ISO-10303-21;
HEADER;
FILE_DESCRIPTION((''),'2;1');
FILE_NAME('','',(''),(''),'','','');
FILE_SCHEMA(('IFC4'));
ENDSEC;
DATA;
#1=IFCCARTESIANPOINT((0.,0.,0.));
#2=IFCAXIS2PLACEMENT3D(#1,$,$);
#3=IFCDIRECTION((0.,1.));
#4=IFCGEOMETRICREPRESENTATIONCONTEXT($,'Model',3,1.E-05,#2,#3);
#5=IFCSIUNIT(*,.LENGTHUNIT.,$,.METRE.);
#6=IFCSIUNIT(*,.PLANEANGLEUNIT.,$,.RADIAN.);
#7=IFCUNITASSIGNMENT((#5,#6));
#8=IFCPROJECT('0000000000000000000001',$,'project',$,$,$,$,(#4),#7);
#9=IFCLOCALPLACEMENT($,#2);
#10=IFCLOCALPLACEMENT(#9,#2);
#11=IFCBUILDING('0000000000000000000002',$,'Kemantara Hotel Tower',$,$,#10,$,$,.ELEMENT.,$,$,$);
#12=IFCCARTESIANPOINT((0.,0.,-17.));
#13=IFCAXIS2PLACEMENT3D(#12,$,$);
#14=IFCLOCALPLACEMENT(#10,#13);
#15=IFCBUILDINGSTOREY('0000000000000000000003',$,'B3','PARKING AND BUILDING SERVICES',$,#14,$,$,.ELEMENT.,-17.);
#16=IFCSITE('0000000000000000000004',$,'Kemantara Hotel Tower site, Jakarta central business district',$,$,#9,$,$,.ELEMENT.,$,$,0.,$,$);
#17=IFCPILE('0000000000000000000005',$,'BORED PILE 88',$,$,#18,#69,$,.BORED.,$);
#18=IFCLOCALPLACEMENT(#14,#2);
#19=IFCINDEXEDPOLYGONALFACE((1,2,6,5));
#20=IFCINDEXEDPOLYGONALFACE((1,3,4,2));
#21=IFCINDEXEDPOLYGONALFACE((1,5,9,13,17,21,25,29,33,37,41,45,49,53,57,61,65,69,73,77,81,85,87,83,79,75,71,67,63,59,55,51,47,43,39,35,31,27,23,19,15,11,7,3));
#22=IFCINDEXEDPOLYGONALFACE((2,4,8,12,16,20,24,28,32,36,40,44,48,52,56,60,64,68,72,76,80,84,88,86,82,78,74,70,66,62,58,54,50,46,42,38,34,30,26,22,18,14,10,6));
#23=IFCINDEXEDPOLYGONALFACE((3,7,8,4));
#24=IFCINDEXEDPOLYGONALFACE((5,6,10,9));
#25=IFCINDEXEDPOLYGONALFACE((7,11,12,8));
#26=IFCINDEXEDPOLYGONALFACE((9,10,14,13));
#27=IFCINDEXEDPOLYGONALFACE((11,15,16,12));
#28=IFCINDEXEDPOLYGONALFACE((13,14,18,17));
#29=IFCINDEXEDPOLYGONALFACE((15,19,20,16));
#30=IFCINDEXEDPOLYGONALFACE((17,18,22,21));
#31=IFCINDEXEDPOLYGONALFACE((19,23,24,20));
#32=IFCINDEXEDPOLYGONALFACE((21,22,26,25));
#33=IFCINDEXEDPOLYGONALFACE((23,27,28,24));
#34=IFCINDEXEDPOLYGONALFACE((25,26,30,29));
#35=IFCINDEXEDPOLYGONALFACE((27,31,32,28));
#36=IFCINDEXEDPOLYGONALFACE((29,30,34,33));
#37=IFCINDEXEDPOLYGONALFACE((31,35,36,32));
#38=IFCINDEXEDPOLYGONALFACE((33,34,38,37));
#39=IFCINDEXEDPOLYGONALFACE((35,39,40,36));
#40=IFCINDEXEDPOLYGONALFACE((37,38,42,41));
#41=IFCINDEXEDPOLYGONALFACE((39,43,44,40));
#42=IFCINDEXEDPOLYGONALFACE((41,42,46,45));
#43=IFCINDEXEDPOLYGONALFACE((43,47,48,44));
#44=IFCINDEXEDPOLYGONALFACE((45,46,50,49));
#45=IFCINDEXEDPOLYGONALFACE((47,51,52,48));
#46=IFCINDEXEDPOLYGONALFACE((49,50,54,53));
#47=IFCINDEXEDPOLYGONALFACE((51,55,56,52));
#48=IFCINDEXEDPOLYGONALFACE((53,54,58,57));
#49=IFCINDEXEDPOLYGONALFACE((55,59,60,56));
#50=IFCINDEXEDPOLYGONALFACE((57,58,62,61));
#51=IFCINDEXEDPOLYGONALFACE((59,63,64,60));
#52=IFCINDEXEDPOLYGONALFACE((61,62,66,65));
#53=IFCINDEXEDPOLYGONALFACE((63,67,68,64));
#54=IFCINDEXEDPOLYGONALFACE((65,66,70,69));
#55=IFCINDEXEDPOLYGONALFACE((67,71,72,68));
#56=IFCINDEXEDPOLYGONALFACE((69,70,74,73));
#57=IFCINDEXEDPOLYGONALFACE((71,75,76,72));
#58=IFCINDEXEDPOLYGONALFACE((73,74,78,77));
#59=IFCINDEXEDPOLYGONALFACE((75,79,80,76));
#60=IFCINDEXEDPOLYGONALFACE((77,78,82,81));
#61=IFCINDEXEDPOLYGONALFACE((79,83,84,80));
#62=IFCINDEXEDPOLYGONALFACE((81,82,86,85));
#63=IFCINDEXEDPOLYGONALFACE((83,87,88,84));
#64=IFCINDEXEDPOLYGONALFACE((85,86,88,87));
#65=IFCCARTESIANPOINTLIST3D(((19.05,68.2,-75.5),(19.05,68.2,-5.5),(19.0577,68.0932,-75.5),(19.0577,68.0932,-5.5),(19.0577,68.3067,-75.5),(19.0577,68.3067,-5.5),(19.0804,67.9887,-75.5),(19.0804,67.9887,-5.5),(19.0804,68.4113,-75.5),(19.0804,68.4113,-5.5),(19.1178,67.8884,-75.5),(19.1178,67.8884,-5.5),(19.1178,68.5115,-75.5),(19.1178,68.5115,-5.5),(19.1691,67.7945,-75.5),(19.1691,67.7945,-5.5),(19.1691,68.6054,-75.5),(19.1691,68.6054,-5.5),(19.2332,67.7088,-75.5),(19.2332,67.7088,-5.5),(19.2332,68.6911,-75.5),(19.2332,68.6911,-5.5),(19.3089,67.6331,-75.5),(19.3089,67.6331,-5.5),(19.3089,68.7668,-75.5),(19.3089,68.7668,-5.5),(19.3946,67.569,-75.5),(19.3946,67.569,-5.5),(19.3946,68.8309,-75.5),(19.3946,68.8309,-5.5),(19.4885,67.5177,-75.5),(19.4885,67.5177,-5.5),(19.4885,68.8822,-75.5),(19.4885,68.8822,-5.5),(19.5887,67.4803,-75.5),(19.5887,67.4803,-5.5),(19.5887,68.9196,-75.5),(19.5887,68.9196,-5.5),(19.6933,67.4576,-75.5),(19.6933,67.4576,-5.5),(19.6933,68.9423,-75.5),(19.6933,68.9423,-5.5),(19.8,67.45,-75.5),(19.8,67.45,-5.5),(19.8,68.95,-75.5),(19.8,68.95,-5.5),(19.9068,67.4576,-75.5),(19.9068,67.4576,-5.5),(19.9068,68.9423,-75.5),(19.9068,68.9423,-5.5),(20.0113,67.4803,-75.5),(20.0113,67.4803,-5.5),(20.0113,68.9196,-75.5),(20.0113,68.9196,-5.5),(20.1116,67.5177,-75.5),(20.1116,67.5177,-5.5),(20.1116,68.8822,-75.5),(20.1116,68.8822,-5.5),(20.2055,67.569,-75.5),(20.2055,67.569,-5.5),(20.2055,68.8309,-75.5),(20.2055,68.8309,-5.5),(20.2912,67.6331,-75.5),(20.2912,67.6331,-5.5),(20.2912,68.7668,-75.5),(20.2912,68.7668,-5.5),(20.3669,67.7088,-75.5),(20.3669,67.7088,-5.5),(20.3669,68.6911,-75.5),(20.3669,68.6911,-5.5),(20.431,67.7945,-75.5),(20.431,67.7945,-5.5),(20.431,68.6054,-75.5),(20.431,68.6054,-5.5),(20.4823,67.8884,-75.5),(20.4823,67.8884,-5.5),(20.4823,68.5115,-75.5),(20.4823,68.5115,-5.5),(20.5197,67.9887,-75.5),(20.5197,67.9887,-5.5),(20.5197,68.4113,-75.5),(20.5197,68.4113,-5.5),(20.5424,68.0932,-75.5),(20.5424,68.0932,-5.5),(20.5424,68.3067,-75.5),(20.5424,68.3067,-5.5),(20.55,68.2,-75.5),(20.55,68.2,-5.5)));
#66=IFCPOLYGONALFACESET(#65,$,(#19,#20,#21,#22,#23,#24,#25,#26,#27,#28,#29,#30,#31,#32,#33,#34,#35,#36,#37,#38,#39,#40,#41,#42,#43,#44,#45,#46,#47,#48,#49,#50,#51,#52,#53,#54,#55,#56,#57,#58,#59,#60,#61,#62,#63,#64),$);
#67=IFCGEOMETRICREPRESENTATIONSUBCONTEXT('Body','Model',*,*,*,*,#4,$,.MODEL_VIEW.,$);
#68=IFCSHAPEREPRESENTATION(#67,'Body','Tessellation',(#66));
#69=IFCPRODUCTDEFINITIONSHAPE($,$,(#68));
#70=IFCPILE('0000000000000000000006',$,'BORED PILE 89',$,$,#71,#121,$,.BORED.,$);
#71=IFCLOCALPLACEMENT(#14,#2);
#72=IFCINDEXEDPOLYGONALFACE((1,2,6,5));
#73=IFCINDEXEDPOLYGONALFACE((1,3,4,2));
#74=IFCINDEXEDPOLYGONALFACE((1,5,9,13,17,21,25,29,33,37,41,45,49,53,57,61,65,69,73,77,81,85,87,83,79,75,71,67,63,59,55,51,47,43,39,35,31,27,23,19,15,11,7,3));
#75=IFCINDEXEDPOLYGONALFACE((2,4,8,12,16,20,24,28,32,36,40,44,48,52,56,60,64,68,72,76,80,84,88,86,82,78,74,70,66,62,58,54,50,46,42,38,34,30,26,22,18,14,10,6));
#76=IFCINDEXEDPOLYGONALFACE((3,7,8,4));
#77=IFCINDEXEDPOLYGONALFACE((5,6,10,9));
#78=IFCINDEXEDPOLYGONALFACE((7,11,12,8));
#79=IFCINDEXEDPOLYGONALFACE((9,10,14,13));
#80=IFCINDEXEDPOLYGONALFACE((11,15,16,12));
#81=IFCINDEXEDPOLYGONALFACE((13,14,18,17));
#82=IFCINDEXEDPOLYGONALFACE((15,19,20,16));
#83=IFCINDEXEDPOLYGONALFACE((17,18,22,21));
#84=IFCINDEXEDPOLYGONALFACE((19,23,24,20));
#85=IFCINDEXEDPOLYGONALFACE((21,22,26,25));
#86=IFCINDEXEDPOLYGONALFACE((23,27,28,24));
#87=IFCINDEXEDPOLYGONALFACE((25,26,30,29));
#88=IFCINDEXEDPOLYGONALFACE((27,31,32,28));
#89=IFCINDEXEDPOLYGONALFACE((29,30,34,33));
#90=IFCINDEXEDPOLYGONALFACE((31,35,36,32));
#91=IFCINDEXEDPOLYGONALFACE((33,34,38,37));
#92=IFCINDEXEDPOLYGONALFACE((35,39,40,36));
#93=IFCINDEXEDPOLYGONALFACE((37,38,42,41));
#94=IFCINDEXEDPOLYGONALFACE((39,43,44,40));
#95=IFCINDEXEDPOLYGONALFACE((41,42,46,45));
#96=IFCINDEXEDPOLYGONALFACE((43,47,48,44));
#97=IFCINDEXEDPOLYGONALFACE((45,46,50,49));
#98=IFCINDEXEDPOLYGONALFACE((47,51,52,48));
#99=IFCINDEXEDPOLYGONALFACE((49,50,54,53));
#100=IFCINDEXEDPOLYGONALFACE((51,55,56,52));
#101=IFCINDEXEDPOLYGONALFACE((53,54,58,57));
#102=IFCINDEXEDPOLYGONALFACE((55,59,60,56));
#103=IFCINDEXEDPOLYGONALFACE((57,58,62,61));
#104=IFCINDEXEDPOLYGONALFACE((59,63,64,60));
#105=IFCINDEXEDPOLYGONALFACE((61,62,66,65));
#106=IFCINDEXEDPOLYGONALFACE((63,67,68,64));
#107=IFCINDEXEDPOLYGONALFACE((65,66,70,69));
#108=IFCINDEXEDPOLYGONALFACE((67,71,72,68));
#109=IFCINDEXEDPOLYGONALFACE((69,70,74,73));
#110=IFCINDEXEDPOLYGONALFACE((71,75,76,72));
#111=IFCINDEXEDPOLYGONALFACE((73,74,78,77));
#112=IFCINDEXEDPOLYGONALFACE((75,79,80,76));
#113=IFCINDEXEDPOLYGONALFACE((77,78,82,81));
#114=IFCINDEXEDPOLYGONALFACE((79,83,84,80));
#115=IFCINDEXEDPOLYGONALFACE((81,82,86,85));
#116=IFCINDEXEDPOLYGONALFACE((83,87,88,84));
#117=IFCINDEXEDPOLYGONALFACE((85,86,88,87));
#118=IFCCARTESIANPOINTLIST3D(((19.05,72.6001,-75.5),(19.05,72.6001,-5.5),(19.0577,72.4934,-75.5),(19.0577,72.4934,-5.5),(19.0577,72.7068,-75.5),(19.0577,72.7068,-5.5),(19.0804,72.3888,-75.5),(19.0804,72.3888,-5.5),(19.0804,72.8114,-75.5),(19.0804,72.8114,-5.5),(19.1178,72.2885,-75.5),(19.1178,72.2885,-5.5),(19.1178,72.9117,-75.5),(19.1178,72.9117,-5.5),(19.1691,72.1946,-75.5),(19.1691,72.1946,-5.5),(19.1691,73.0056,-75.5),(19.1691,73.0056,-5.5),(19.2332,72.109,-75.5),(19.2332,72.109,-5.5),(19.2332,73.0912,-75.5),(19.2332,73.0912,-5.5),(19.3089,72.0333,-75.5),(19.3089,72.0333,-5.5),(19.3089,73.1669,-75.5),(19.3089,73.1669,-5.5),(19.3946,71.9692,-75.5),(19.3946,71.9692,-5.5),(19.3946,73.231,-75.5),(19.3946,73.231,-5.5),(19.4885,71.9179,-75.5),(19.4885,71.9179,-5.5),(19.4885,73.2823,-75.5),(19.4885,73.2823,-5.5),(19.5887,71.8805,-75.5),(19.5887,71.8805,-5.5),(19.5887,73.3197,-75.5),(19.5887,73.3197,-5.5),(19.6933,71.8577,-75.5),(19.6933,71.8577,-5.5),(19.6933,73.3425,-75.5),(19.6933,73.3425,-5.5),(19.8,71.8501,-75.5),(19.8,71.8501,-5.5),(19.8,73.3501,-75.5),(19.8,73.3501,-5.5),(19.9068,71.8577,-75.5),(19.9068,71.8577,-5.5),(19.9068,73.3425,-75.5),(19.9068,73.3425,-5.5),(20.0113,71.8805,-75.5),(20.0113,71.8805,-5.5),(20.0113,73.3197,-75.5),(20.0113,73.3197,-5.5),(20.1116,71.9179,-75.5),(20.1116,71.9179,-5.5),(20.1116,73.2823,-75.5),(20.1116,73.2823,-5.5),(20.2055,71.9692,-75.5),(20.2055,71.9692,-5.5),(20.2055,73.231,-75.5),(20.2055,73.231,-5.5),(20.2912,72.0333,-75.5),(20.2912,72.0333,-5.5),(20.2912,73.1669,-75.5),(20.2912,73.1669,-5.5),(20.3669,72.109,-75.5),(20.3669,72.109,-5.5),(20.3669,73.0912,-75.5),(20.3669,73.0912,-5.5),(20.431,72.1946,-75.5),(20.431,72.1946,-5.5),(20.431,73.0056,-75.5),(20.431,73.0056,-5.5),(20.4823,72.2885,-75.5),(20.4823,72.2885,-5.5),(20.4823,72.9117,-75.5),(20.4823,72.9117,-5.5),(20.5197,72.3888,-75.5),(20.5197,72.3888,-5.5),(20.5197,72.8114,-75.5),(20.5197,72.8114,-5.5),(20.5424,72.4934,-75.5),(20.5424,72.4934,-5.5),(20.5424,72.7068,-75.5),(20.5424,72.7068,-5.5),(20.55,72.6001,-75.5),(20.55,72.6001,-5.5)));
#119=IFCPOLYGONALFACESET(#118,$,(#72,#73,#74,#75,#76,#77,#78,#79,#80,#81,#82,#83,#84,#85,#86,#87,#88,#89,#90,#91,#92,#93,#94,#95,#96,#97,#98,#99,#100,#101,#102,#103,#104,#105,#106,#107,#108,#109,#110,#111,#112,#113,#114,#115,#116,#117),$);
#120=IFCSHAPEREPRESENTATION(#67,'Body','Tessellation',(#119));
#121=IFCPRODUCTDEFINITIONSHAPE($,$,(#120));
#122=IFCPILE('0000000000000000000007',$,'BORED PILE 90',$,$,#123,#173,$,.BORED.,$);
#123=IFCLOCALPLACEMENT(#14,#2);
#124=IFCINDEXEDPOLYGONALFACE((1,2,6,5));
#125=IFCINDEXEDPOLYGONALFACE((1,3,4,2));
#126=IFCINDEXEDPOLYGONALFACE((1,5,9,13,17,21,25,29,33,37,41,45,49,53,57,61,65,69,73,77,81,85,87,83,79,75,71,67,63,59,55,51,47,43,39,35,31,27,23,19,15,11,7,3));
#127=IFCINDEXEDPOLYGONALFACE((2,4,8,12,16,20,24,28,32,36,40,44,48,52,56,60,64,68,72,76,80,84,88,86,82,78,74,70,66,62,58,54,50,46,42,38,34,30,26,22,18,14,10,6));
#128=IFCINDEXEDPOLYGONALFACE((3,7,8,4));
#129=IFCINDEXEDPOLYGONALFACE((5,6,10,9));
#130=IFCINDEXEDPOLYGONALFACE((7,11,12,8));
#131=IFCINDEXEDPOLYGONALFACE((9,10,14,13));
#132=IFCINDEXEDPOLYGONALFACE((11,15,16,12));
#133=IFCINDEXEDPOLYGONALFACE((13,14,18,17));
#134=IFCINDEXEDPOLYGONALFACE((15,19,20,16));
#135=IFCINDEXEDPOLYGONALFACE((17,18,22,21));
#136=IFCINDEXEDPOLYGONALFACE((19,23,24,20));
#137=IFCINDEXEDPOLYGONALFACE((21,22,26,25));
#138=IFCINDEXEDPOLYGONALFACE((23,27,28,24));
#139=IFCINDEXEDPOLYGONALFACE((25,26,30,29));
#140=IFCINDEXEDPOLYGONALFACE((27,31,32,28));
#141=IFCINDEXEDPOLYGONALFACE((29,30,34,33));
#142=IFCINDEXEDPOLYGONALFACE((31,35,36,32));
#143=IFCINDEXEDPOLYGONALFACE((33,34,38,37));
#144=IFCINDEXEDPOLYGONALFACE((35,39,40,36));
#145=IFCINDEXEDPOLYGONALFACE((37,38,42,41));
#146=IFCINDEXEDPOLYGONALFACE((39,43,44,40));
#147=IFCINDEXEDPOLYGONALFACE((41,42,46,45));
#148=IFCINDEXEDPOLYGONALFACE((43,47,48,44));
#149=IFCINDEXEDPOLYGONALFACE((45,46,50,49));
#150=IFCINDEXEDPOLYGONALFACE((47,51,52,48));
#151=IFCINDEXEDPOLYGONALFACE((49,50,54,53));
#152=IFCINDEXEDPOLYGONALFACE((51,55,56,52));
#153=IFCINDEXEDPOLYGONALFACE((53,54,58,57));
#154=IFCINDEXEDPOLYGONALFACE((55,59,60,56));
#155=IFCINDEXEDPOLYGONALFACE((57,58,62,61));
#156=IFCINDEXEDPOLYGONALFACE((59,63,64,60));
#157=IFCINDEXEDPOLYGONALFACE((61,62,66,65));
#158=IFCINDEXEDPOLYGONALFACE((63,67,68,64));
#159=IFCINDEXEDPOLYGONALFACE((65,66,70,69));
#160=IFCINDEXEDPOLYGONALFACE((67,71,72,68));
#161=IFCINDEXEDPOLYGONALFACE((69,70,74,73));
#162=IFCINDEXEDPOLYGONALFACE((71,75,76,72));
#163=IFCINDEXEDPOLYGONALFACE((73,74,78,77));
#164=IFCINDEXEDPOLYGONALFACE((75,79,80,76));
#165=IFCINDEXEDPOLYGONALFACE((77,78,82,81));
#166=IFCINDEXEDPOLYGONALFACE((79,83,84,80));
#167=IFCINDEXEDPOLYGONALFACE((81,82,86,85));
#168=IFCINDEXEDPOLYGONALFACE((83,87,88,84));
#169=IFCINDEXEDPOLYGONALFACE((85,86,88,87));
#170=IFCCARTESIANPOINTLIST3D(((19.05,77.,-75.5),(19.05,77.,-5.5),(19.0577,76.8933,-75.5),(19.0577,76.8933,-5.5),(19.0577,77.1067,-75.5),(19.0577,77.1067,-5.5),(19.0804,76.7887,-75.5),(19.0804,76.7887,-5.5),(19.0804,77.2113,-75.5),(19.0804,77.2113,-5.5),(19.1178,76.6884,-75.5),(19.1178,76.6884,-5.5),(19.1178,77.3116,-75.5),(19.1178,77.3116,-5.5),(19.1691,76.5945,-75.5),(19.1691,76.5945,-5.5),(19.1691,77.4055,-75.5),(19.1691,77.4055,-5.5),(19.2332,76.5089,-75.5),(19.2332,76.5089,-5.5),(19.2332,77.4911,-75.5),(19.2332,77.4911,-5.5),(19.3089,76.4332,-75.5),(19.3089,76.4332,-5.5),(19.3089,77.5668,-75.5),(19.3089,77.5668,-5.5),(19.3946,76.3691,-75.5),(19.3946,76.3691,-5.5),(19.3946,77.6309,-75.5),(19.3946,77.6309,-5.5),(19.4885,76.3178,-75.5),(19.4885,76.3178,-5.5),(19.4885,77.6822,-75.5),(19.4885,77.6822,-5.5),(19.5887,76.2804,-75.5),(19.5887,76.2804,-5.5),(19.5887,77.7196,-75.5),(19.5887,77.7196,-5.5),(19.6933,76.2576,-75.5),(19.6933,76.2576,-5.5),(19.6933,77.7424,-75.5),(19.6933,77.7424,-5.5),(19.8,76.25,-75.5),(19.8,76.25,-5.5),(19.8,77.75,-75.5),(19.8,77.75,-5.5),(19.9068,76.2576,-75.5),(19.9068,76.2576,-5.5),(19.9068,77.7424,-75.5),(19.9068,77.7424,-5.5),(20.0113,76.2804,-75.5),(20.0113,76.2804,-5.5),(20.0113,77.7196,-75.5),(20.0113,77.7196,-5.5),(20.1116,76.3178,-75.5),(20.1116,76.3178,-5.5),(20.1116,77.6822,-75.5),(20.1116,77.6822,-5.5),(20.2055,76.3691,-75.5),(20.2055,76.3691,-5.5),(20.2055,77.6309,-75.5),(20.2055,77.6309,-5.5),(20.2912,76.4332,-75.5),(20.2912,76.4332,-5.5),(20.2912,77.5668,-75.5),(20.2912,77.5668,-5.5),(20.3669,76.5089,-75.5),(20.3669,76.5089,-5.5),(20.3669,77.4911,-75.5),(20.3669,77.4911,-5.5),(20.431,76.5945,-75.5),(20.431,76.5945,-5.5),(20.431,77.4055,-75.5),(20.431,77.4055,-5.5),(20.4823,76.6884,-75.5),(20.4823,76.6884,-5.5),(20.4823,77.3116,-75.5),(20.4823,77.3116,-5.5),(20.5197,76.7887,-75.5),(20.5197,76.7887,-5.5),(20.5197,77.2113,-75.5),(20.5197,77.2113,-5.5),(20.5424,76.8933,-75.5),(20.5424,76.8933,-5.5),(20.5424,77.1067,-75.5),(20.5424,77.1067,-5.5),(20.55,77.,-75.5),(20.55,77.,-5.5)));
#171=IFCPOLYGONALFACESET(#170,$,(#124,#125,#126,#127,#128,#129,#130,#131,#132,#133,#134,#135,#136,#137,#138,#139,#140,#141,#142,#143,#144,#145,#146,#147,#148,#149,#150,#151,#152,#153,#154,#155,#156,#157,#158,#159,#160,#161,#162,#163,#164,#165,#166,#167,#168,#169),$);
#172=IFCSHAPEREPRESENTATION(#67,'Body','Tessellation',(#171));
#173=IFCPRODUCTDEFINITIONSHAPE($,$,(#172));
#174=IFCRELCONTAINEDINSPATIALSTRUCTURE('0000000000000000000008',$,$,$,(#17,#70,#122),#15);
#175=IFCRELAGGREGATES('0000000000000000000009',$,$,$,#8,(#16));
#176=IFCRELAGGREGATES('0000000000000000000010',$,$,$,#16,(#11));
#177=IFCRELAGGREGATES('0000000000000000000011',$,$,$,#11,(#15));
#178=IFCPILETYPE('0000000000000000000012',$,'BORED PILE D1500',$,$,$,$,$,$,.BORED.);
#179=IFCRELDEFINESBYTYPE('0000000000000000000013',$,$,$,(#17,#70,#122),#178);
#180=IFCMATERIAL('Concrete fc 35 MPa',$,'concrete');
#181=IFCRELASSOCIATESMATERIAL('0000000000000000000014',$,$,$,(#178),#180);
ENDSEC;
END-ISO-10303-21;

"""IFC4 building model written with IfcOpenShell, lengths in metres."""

from ifc_helpers import new_model, si_unit, direction, frame, origin, origin_2d, place, context, subcontext, project, spatial, circle, extrude, material, material_profile, profile_set, type_object, element, save


model = new_model("IFC4")

# Units and contexts
model_context = context("Model", 3, precision=1e-05, world=origin(), true_north=direction((0.0, 1.0)))
body_context = subcontext(model_context, "Body", "Model", "MODEL_VIEW")
ifc_project = project(units=[si_unit("LENGTHUNIT", "METRE"), si_unit("PLANEANGLEUNIT", "RADIAN")], contexts=[model_context])

# Site, building, storey
site_placement = place(None, origin())
site = spatial("IfcSite", under=ifc_project, at=site_placement, Name="Kemantara Hotel Tower site, Jakarta central business district", CompositionType="ELEMENT", RefElevation=0.0)
building_placement = place(site_placement, origin())
building = spatial("IfcBuilding", under=site, at=building_placement, Name="Kemantara Hotel Tower", CompositionType="ELEMENT")
storey_placement = place(building_placement, frame((0.0, 0.0, -17.0)))
storey = spatial("IfcBuildingStorey", under=building, at=storey_placement, Name="B3", Description="PARKING AND BUILDING SERVICES", CompositionType="ELEMENT", Elevation=-17.0)

# Piles
ifc_material_1 = material(Name="Concrete fc 35 MPa", Category="concrete")
ifc_material_profile_1 = material_profile(ifc_material_1, circle(Radius=0.75, at=origin_2d()), Name="BORED PILE D1500")
ifc_profile_set_1 = profile_set([ifc_material_profile_1], Name="Concrete fc 35 MPa")
pile_type = type_object("IfcPileType", Name="BORED PILE D1500", PredefinedType="BORED", material=ifc_profile_set_1)
for number, where, z_axis, x_axis, name in (
    (1, (19.8, 68.2, -5.5), (0.0, 0.0, -1.0), (1.0, 0.0, 0.0), "BORED PILE 88"),
    (2, (19.8, 72.6001, -5.5), (0.0, 0.0, -1.0), (1.0, 0.0, 0.0), "BORED PILE 89"),
    (3, (19.8, 77.0, -5.5), (0.0, 0.0, -1.0), (1.0, 0.0, 0.0), "BORED PILE 90"),
):
    element("IfcPile", number, at=place(storey_placement, frame(where, z_axis=z_axis, x_axis=x_axis)), inside=storey, type_object=pile_type, Name=name, PredefinedType="BORED", context=body_context, shape_type="SweptSolid", body=[
        extrude(circle(Radius=0.75, at=origin_2d()), origin(), (0.0, 0.0, 1.0), 70.0),
    ])

save(model, "model.ifc")
